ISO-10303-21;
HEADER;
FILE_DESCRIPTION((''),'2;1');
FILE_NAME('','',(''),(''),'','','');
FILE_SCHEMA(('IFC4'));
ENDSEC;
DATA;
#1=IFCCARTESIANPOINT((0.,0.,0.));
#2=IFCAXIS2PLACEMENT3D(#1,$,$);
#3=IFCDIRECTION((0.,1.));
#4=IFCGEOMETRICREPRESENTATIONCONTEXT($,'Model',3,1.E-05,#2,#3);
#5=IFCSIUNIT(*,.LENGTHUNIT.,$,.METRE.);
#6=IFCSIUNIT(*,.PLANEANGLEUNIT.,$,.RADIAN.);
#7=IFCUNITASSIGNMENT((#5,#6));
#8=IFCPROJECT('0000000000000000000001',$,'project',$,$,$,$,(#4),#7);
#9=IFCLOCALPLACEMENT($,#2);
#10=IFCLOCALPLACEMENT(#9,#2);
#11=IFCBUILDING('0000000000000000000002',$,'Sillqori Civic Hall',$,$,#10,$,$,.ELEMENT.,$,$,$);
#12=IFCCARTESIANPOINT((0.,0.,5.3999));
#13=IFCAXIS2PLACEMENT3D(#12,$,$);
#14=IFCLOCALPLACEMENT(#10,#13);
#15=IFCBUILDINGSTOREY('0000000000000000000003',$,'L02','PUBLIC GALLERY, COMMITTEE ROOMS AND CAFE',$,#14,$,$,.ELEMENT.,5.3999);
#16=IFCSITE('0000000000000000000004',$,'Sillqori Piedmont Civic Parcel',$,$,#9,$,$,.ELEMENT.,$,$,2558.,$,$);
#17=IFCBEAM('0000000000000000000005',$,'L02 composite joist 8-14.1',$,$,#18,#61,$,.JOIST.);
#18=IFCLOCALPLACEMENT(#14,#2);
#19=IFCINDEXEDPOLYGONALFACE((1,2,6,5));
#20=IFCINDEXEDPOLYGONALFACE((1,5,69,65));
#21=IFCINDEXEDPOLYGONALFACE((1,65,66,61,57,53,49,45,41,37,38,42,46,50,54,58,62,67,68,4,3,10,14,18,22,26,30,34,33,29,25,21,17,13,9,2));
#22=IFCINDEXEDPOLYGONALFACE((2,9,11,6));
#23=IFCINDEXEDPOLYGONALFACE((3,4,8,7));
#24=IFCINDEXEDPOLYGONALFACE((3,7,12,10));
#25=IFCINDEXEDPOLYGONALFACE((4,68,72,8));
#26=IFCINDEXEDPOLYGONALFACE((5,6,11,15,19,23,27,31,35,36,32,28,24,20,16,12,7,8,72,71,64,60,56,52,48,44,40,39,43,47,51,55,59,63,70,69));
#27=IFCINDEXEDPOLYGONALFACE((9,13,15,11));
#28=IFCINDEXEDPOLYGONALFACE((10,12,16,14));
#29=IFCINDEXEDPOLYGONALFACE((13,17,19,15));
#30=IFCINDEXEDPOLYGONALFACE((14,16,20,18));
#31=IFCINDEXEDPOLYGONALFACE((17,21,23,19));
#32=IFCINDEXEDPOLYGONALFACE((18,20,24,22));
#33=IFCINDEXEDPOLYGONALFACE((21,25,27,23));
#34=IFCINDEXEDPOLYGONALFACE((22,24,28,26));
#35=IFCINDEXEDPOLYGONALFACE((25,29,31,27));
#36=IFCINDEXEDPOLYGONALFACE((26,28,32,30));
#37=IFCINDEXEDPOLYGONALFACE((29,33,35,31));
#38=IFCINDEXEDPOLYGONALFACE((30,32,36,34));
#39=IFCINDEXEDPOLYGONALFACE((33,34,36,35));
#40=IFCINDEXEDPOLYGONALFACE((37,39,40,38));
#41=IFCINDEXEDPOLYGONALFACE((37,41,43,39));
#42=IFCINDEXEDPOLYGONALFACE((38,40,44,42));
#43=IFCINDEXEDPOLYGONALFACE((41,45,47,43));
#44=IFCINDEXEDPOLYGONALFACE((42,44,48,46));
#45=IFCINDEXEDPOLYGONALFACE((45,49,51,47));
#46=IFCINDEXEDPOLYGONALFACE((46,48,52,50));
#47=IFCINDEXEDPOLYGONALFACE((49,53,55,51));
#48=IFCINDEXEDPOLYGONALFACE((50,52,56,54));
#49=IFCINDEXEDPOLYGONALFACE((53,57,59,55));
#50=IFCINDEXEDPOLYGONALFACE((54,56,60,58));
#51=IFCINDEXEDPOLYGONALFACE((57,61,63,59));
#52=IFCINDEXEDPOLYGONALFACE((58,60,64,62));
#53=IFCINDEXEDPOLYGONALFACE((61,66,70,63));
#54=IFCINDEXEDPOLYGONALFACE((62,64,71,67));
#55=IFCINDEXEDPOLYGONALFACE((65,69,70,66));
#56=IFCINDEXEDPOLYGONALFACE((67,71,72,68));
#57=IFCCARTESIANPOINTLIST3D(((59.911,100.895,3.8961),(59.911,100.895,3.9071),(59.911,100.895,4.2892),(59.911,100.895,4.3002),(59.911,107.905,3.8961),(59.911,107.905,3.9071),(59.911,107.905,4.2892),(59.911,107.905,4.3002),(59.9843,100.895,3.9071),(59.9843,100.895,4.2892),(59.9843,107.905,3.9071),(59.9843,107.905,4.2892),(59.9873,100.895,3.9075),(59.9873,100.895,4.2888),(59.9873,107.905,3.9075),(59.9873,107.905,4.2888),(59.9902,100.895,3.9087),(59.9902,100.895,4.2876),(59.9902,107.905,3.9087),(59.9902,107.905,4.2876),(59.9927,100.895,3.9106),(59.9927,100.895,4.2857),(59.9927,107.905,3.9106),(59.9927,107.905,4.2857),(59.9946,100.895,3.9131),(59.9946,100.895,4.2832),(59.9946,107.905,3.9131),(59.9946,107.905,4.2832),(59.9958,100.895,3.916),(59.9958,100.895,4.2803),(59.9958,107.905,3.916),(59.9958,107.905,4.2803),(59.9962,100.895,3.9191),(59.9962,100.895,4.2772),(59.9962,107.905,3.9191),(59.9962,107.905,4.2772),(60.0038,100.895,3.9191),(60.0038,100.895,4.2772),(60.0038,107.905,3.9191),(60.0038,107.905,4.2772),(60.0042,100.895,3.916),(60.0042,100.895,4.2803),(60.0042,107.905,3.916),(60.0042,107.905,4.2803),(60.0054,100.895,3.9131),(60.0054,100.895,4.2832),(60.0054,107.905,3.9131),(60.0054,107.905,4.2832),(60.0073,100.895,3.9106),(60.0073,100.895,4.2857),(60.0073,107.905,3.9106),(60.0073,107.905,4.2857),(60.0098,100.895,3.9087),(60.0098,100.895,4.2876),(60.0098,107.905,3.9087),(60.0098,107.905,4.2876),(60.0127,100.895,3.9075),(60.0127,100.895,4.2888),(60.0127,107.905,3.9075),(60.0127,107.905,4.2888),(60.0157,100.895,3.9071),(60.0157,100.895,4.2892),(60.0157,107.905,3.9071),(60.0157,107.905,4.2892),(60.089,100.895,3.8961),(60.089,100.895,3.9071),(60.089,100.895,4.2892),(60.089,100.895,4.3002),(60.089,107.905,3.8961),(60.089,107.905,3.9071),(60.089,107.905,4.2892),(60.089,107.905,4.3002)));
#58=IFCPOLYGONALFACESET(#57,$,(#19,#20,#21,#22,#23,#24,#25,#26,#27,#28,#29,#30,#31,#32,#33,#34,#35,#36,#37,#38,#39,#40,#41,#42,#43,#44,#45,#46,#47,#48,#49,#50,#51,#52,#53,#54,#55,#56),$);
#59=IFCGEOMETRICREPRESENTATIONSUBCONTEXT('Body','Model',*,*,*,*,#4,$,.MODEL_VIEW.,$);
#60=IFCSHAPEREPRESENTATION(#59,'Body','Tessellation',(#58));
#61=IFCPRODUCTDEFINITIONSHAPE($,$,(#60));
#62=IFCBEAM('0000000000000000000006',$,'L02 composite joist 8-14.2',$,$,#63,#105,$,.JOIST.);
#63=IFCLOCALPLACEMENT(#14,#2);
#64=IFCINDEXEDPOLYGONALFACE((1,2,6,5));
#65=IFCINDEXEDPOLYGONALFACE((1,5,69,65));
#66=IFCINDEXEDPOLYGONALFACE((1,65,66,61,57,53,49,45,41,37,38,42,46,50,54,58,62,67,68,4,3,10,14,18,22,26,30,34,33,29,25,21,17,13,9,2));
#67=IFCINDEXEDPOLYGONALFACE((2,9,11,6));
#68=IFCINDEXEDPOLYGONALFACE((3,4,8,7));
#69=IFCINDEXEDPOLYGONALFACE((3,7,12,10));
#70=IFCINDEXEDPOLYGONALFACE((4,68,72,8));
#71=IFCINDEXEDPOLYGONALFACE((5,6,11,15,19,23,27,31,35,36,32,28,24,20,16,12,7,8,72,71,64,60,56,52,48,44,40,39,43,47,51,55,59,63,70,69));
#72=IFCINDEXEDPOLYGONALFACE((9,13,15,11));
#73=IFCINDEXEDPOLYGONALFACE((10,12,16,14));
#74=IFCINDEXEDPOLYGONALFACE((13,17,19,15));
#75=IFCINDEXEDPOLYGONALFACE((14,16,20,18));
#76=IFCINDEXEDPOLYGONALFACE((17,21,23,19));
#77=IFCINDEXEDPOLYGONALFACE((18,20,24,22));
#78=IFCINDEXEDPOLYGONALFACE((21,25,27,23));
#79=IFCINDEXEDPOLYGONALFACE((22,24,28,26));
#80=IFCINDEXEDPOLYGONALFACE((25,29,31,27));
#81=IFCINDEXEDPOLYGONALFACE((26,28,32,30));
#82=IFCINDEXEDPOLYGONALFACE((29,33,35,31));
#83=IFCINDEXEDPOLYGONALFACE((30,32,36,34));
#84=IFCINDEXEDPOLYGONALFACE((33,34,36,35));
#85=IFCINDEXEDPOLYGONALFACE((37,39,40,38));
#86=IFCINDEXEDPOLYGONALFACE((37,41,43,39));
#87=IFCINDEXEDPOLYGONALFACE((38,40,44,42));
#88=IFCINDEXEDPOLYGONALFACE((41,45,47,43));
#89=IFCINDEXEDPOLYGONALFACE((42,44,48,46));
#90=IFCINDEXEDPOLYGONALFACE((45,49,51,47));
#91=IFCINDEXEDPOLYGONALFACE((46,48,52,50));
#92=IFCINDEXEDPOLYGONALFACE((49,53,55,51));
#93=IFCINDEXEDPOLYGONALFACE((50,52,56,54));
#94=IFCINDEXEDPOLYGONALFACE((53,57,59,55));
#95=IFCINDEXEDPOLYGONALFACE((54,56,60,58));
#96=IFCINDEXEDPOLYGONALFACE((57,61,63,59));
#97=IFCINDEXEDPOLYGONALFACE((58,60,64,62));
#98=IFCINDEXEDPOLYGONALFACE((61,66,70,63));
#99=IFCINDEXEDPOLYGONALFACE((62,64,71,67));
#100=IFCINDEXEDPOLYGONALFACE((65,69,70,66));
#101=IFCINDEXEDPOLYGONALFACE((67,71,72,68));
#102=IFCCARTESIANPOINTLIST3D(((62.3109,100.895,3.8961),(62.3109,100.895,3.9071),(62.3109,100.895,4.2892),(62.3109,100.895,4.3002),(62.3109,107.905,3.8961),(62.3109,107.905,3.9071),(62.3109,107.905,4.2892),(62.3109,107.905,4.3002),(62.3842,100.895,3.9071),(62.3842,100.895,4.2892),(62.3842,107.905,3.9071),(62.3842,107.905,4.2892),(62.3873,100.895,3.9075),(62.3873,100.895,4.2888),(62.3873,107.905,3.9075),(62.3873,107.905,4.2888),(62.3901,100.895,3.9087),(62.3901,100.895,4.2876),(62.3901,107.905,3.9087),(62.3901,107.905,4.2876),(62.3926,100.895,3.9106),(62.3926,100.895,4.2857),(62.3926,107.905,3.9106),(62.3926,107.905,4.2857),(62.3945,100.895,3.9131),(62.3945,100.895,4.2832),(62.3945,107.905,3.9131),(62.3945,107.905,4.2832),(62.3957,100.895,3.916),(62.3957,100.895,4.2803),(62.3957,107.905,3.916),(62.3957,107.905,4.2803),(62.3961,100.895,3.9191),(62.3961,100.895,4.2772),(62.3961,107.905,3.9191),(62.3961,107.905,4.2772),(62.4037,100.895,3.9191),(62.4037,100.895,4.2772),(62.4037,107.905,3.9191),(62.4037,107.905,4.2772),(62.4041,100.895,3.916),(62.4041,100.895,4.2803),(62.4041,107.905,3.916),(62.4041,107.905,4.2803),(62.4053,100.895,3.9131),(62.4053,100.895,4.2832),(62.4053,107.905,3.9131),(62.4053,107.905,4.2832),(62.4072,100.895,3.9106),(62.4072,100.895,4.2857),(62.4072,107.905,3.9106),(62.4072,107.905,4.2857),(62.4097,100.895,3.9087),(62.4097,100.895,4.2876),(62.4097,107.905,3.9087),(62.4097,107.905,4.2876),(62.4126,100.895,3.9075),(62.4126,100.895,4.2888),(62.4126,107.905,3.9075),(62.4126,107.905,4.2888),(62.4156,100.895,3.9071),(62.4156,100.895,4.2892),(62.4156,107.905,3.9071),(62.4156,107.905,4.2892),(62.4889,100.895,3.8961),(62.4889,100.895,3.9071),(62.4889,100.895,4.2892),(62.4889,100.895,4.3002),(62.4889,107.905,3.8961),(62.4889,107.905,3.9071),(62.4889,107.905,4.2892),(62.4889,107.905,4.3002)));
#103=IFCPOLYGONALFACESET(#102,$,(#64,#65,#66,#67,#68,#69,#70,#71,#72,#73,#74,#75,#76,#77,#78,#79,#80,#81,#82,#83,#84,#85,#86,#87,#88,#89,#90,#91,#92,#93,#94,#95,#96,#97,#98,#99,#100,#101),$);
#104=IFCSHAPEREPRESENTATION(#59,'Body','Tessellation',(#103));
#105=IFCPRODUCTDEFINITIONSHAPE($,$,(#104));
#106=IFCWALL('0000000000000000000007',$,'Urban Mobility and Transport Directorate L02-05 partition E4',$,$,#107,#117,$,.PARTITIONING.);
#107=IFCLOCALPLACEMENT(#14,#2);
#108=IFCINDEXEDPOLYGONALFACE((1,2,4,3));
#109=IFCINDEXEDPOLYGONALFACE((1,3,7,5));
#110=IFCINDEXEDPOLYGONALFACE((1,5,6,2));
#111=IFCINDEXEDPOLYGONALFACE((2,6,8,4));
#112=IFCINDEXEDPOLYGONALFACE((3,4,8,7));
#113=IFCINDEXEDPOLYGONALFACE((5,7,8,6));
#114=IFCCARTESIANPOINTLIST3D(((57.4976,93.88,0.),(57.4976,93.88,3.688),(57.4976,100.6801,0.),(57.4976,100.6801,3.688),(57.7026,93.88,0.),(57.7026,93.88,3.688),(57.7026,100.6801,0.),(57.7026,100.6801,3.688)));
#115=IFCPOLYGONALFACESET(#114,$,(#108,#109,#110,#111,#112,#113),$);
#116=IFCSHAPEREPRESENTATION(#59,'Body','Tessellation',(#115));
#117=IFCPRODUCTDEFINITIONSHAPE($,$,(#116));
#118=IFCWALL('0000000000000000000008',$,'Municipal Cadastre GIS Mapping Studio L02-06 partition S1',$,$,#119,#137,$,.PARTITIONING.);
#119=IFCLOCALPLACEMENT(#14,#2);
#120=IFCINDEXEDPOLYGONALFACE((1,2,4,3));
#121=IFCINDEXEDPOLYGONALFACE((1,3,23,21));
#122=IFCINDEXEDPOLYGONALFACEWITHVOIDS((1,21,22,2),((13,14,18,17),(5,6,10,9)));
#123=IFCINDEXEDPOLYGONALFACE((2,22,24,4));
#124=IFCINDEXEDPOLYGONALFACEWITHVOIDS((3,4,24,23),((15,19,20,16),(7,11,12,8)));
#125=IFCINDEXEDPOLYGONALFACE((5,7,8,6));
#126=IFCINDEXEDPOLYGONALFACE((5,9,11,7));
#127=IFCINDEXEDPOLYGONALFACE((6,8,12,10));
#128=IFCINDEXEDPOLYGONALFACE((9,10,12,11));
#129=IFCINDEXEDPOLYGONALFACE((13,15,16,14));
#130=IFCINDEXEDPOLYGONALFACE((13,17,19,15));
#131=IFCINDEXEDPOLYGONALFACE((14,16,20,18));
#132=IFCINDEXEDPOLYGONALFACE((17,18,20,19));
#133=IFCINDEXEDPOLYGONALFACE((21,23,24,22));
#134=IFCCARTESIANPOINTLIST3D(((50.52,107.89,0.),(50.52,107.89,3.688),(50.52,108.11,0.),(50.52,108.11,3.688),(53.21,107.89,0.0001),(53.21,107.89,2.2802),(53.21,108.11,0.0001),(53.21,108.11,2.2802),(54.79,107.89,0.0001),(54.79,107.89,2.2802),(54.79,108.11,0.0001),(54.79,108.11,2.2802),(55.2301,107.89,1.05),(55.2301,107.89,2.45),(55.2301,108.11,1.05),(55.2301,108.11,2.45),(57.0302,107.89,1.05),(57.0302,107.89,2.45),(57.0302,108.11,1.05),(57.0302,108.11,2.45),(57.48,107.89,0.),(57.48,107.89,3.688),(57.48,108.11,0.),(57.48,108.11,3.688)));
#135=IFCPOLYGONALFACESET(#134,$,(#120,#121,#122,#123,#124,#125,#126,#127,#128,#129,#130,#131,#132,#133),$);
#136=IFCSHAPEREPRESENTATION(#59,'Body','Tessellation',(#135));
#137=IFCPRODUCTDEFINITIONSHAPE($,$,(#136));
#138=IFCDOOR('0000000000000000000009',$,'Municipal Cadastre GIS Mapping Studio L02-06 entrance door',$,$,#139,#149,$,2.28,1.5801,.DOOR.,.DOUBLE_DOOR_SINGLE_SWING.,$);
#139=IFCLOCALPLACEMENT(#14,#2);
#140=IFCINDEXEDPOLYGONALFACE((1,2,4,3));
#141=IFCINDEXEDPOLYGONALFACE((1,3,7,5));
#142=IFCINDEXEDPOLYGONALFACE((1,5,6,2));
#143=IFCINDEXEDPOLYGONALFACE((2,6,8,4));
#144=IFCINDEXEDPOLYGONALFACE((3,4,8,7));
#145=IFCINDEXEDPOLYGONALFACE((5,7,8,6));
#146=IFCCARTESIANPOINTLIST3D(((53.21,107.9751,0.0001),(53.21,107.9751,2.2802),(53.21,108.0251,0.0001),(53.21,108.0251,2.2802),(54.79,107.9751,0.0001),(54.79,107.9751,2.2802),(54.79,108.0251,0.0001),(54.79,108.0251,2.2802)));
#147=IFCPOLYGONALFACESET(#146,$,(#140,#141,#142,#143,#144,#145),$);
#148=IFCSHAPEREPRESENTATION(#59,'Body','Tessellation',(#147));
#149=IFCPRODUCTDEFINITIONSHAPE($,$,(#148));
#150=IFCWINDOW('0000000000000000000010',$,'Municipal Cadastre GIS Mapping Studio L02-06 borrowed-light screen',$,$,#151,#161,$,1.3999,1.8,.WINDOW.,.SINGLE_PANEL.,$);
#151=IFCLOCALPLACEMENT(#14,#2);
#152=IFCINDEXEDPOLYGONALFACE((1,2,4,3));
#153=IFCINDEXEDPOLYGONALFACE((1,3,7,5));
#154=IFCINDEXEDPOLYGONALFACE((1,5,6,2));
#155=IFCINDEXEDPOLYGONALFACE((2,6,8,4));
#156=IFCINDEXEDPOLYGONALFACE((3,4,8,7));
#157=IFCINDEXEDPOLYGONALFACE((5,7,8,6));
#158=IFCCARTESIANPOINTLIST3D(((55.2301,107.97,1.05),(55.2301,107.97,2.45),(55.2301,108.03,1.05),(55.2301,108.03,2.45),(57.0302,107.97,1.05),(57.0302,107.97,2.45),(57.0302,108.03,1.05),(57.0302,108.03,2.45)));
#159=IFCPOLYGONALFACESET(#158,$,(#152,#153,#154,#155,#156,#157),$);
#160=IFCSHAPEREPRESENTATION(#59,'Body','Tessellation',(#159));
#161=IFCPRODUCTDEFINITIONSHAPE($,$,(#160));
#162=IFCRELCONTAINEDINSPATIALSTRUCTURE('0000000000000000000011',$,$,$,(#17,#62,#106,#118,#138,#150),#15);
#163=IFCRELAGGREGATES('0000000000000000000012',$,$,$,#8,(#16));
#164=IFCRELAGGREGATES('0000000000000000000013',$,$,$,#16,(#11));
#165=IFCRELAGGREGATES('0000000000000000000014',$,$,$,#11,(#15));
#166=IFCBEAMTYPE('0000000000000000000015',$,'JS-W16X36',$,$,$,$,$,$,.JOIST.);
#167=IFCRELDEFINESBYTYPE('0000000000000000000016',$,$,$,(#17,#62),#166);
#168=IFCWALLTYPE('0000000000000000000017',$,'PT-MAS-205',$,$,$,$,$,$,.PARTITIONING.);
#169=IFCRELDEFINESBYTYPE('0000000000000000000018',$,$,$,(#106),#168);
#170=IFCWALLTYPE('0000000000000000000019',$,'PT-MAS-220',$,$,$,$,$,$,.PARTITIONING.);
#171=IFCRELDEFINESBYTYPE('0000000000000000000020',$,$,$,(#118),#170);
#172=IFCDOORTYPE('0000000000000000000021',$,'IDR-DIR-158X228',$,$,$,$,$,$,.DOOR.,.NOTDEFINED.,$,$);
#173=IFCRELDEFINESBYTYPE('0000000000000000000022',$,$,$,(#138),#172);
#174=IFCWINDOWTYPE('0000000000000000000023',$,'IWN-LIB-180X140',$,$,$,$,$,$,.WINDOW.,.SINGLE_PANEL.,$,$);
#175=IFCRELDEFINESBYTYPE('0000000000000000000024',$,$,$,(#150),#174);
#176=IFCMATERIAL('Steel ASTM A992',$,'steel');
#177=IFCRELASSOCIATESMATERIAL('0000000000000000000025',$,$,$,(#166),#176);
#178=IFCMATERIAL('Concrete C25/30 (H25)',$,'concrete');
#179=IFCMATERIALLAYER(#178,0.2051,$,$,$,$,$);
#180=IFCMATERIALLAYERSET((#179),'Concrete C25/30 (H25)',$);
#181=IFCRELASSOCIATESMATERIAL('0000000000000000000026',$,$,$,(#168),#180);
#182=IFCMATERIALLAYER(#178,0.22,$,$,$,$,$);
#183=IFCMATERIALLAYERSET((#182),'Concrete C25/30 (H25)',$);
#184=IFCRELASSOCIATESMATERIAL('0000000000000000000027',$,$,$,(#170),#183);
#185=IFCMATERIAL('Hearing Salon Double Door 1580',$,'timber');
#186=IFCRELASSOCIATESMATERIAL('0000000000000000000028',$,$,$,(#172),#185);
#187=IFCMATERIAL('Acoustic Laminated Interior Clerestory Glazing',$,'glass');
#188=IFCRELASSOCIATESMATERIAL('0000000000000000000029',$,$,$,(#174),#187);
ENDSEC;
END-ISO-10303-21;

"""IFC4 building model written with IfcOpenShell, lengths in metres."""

from ifc_helpers import new_model, si_unit, direction, frame, frame_2d, origin, origin_2d, place, context, subcontext, project, spatial, rectangle, i_section, extrude, material, layer, layer_set, material_profile, profile_set, type_object, element, fill, save


model = new_model("IFC4")

# Units and contexts
model_context = context("Model", 3, precision=1e-05, world=origin(), true_north=direction((0.0, 1.0)))
body_context = subcontext(model_context, "Body", "Model", "MODEL_VIEW")
ifc_project = project(units=[si_unit("LENGTHUNIT", "METRE"), si_unit("PLANEANGLEUNIT", "RADIAN")], contexts=[model_context])

# Site, building, storey
site_placement = place(None, origin())
site = spatial("IfcSite", under=ifc_project, at=site_placement, Name="Sillqori Piedmont Civic Parcel", CompositionType="ELEMENT", RefElevation=2558.0)
building_placement = place(site_placement, origin())
building = spatial("IfcBuilding", under=site, at=building_placement, Name="Sillqori Civic Hall", CompositionType="ELEMENT")
storey_placement = place(building_placement, frame((0.0, 0.0, 5.3999)))
storey = spatial("IfcBuildingStorey", under=building, at=storey_placement, Name="L02", Description="PUBLIC GALLERY, COMMITTEE ROOMS AND CAFE", CompositionType="ELEMENT", Elevation=5.3999)

# Shared definitions
ifc_material_1 = material(Name="Steel ASTM A992", Category="steel")

# Beams
ifc_material_profile_1 = material_profile(ifc_material_1, i_section(OverallWidth=0.178, OverallDepth=0.4041, WebThickness=0.0076, FlangeThickness=0.011, FilletRadius=0.012, at=origin_2d()), Name="W16X36")
ifc_profile_set_1 = profile_set([ifc_material_profile_1], Name="Steel ASTM A992")
beam_type_1 = type_object("IfcBeamType", Name="JS-W16X36", PredefinedType="JOIST", material=ifc_profile_set_1)
for number, where, z_axis, x_axis, name in (
    (1, (60.0, 100.895, 4.0981), (0.0, 1.0, 0.0), (-1.0, 0.0, 0.0), "L02 composite joist 8-14.1"),
    (2, (62.3999, 100.895, 4.0981), (0.0, 1.0, 0.0), (-1.0, 0.0, 0.0), "L02 composite joist 8-14.2"),
):
    element("IfcBeam", number, at=place(storey_placement, frame(where, z_axis=z_axis, x_axis=x_axis)), inside=storey, type_object=beam_type_1, Name=name, PredefinedType="JOIST", context=body_context, shape_type="SweptSolid", body=[
        extrude(i_section(OverallWidth=0.178, OverallDepth=0.4041, WebThickness=0.0076, FlangeThickness=0.011, FilletRadius=0.012, at=origin_2d()), origin(), (0.0, 0.0, 1.0), 7.01),
    ])

# Wall
ifc_material_2 = material(Name="Concrete C25/30 (H25)", Category="concrete")
ifc_layer_1 = layer(ifc_material_2, 0.2051)
ifc_layer_set_1 = layer_set([ifc_layer_1], Name="Concrete C25/30 (H25)")
wall_type_1 = type_object("IfcWallType", Name="PT-MAS-205", PredefinedType="PARTITIONING", material=ifc_layer_set_1)
wall_1_placement = place(storey_placement, frame((57.6001, 100.6799, 0.0), z_axis=(0.0, 0.0, 1.0), x_axis=(0.0, -1.0, 0.0)))
element("IfcWall", 3, at=wall_1_placement, inside=storey, type_object=wall_type_1, Name="Urban Mobility and Transport Directorate L02-05 partition E4", PredefinedType="PARTITIONING", context=body_context, shape_type="SweptSolid", body=[
    extrude(rectangle(XDim=6.8, YDim=0.2051, at=frame_2d((3.3999, 0.0))), origin(), (0.0, 0.0, 1.0), 3.688),
])

# Wall, openings, door, window
ifc_layer_2 = layer(ifc_material_2, 0.22)
ifc_layer_set_2 = layer_set([ifc_layer_2], Name="Concrete C25/30 (H25)")
wall_type_2 = type_object("IfcWallType", Name="PT-MAS-220", PredefinedType="PARTITIONING", material=ifc_layer_set_2)
wall_2_placement = place(storey_placement, frame((57.48, 108.0, 0.0), z_axis=(0.0, 0.0, 1.0), x_axis=(-1.0, 0.0, 0.0)))
wall_2 = element("IfcWall", 4, at=wall_2_placement, inside=storey, type_object=wall_type_2, Name="Municipal Cadastre GIS Mapping Studio L02-06 partition S1", PredefinedType="PARTITIONING", context=body_context, shape_type="SweptSolid", body=[
    extrude(rectangle(XDim=6.96, YDim=0.22, at=frame_2d((3.48, 0.0))), origin(), (0.0, 0.0, 1.0), 3.688),
])
opening_1_placement = place(wall_2_placement, frame((2.6899, 0.0, 0.0)))
opening_1 = element("IfcOpeningElement", 5, at=opening_1_placement, cuts=wall_2, PredefinedType="OPENING", context=body_context, shape_type="SweptSolid", body=[
    extrude(rectangle(XDim=1.5801, YDim=2.28, at=frame_2d((0.79, 1.1401))), frame((0.0, 0.1199, 0.0), z_axis=(0.0, -1.0, 0.0), x_axis=(1.0, 0.0, 0.0)), (0.0, 0.0, 1.0), 0.24),
])
opening_2_placement = place(wall_2_placement, frame((0.45, 0.0, 1.05)))
opening_2 = element("IfcOpeningElement", 6, at=opening_2_placement, cuts=wall_2, PredefinedType="OPENING", context=body_context, shape_type="SweptSolid", body=[
    extrude(rectangle(XDim=1.8, YDim=1.3999, at=frame_2d((0.8999, 0.7))), frame((0.0, 0.1199, 0.0), z_axis=(0.0, -1.0, 0.0), x_axis=(1.0, 0.0, 0.0)), (0.0, 0.0, 1.0), 0.24),
])
ifc_material_3 = material(Name="Hearing Salon Double Door 1580", Category="timber")
door_type_1 = type_object("IfcDoorType", Name="IDR-DIR-158X228", OperationType="NOTDEFINED", PredefinedType="DOOR", material=ifc_material_3)
door_1_placement = place(opening_1_placement, origin())
door_1 = element("IfcDoor", 7, at=door_1_placement, inside=storey, type_object=door_type_1, Name="Municipal Cadastre GIS Mapping Studio L02-06 entrance door", OperationType="DOUBLE_DOOR_SINGLE_SWING", OverallHeight=2.28, OverallWidth=1.5801, PredefinedType="DOOR", context=body_context, shape_type="SweptSolid", body=[
    extrude(rectangle(XDim=1.5801, YDim=2.28, at=frame_2d((0.79, 1.1401))), frame((0.0, 0.0249, 0.0), z_axis=(0.0, -1.0, 0.0), x_axis=(1.0, 0.0, 0.0)), (0.0, 0.0, 1.0), 0.05),
])
fill(opening_1, door_1)
ifc_material_4 = material(Name="Acoustic Laminated Interior Clerestory Glazing", Category="glass")
window_type_1 = type_object("IfcWindowType", Name="IWN-LIB-180X140", PartitioningType="SINGLE_PANEL", PredefinedType="WINDOW", material=ifc_material_4)
window_1_placement = place(opening_2_placement, origin())
window_1 = element("IfcWindow", 8, at=window_1_placement, inside=storey, type_object=window_type_1, Name="Municipal Cadastre GIS Mapping Studio L02-06 borrowed-light screen", OverallHeight=1.3999, OverallWidth=1.8, PartitioningType="SINGLE_PANEL", PredefinedType="WINDOW", context=body_context, shape_type="SweptSolid", body=[
    extrude(rectangle(XDim=1.8, YDim=1.3999, at=frame_2d((0.8999, 0.7))), frame((0.0, 0.03, 0.0), z_axis=(0.0, -1.0, 0.0), x_axis=(1.0, 0.0, 0.0)), (0.0, 0.0, 1.0), 0.0601),
])
fill(opening_2, window_1)

save(model, "model.ifc")
